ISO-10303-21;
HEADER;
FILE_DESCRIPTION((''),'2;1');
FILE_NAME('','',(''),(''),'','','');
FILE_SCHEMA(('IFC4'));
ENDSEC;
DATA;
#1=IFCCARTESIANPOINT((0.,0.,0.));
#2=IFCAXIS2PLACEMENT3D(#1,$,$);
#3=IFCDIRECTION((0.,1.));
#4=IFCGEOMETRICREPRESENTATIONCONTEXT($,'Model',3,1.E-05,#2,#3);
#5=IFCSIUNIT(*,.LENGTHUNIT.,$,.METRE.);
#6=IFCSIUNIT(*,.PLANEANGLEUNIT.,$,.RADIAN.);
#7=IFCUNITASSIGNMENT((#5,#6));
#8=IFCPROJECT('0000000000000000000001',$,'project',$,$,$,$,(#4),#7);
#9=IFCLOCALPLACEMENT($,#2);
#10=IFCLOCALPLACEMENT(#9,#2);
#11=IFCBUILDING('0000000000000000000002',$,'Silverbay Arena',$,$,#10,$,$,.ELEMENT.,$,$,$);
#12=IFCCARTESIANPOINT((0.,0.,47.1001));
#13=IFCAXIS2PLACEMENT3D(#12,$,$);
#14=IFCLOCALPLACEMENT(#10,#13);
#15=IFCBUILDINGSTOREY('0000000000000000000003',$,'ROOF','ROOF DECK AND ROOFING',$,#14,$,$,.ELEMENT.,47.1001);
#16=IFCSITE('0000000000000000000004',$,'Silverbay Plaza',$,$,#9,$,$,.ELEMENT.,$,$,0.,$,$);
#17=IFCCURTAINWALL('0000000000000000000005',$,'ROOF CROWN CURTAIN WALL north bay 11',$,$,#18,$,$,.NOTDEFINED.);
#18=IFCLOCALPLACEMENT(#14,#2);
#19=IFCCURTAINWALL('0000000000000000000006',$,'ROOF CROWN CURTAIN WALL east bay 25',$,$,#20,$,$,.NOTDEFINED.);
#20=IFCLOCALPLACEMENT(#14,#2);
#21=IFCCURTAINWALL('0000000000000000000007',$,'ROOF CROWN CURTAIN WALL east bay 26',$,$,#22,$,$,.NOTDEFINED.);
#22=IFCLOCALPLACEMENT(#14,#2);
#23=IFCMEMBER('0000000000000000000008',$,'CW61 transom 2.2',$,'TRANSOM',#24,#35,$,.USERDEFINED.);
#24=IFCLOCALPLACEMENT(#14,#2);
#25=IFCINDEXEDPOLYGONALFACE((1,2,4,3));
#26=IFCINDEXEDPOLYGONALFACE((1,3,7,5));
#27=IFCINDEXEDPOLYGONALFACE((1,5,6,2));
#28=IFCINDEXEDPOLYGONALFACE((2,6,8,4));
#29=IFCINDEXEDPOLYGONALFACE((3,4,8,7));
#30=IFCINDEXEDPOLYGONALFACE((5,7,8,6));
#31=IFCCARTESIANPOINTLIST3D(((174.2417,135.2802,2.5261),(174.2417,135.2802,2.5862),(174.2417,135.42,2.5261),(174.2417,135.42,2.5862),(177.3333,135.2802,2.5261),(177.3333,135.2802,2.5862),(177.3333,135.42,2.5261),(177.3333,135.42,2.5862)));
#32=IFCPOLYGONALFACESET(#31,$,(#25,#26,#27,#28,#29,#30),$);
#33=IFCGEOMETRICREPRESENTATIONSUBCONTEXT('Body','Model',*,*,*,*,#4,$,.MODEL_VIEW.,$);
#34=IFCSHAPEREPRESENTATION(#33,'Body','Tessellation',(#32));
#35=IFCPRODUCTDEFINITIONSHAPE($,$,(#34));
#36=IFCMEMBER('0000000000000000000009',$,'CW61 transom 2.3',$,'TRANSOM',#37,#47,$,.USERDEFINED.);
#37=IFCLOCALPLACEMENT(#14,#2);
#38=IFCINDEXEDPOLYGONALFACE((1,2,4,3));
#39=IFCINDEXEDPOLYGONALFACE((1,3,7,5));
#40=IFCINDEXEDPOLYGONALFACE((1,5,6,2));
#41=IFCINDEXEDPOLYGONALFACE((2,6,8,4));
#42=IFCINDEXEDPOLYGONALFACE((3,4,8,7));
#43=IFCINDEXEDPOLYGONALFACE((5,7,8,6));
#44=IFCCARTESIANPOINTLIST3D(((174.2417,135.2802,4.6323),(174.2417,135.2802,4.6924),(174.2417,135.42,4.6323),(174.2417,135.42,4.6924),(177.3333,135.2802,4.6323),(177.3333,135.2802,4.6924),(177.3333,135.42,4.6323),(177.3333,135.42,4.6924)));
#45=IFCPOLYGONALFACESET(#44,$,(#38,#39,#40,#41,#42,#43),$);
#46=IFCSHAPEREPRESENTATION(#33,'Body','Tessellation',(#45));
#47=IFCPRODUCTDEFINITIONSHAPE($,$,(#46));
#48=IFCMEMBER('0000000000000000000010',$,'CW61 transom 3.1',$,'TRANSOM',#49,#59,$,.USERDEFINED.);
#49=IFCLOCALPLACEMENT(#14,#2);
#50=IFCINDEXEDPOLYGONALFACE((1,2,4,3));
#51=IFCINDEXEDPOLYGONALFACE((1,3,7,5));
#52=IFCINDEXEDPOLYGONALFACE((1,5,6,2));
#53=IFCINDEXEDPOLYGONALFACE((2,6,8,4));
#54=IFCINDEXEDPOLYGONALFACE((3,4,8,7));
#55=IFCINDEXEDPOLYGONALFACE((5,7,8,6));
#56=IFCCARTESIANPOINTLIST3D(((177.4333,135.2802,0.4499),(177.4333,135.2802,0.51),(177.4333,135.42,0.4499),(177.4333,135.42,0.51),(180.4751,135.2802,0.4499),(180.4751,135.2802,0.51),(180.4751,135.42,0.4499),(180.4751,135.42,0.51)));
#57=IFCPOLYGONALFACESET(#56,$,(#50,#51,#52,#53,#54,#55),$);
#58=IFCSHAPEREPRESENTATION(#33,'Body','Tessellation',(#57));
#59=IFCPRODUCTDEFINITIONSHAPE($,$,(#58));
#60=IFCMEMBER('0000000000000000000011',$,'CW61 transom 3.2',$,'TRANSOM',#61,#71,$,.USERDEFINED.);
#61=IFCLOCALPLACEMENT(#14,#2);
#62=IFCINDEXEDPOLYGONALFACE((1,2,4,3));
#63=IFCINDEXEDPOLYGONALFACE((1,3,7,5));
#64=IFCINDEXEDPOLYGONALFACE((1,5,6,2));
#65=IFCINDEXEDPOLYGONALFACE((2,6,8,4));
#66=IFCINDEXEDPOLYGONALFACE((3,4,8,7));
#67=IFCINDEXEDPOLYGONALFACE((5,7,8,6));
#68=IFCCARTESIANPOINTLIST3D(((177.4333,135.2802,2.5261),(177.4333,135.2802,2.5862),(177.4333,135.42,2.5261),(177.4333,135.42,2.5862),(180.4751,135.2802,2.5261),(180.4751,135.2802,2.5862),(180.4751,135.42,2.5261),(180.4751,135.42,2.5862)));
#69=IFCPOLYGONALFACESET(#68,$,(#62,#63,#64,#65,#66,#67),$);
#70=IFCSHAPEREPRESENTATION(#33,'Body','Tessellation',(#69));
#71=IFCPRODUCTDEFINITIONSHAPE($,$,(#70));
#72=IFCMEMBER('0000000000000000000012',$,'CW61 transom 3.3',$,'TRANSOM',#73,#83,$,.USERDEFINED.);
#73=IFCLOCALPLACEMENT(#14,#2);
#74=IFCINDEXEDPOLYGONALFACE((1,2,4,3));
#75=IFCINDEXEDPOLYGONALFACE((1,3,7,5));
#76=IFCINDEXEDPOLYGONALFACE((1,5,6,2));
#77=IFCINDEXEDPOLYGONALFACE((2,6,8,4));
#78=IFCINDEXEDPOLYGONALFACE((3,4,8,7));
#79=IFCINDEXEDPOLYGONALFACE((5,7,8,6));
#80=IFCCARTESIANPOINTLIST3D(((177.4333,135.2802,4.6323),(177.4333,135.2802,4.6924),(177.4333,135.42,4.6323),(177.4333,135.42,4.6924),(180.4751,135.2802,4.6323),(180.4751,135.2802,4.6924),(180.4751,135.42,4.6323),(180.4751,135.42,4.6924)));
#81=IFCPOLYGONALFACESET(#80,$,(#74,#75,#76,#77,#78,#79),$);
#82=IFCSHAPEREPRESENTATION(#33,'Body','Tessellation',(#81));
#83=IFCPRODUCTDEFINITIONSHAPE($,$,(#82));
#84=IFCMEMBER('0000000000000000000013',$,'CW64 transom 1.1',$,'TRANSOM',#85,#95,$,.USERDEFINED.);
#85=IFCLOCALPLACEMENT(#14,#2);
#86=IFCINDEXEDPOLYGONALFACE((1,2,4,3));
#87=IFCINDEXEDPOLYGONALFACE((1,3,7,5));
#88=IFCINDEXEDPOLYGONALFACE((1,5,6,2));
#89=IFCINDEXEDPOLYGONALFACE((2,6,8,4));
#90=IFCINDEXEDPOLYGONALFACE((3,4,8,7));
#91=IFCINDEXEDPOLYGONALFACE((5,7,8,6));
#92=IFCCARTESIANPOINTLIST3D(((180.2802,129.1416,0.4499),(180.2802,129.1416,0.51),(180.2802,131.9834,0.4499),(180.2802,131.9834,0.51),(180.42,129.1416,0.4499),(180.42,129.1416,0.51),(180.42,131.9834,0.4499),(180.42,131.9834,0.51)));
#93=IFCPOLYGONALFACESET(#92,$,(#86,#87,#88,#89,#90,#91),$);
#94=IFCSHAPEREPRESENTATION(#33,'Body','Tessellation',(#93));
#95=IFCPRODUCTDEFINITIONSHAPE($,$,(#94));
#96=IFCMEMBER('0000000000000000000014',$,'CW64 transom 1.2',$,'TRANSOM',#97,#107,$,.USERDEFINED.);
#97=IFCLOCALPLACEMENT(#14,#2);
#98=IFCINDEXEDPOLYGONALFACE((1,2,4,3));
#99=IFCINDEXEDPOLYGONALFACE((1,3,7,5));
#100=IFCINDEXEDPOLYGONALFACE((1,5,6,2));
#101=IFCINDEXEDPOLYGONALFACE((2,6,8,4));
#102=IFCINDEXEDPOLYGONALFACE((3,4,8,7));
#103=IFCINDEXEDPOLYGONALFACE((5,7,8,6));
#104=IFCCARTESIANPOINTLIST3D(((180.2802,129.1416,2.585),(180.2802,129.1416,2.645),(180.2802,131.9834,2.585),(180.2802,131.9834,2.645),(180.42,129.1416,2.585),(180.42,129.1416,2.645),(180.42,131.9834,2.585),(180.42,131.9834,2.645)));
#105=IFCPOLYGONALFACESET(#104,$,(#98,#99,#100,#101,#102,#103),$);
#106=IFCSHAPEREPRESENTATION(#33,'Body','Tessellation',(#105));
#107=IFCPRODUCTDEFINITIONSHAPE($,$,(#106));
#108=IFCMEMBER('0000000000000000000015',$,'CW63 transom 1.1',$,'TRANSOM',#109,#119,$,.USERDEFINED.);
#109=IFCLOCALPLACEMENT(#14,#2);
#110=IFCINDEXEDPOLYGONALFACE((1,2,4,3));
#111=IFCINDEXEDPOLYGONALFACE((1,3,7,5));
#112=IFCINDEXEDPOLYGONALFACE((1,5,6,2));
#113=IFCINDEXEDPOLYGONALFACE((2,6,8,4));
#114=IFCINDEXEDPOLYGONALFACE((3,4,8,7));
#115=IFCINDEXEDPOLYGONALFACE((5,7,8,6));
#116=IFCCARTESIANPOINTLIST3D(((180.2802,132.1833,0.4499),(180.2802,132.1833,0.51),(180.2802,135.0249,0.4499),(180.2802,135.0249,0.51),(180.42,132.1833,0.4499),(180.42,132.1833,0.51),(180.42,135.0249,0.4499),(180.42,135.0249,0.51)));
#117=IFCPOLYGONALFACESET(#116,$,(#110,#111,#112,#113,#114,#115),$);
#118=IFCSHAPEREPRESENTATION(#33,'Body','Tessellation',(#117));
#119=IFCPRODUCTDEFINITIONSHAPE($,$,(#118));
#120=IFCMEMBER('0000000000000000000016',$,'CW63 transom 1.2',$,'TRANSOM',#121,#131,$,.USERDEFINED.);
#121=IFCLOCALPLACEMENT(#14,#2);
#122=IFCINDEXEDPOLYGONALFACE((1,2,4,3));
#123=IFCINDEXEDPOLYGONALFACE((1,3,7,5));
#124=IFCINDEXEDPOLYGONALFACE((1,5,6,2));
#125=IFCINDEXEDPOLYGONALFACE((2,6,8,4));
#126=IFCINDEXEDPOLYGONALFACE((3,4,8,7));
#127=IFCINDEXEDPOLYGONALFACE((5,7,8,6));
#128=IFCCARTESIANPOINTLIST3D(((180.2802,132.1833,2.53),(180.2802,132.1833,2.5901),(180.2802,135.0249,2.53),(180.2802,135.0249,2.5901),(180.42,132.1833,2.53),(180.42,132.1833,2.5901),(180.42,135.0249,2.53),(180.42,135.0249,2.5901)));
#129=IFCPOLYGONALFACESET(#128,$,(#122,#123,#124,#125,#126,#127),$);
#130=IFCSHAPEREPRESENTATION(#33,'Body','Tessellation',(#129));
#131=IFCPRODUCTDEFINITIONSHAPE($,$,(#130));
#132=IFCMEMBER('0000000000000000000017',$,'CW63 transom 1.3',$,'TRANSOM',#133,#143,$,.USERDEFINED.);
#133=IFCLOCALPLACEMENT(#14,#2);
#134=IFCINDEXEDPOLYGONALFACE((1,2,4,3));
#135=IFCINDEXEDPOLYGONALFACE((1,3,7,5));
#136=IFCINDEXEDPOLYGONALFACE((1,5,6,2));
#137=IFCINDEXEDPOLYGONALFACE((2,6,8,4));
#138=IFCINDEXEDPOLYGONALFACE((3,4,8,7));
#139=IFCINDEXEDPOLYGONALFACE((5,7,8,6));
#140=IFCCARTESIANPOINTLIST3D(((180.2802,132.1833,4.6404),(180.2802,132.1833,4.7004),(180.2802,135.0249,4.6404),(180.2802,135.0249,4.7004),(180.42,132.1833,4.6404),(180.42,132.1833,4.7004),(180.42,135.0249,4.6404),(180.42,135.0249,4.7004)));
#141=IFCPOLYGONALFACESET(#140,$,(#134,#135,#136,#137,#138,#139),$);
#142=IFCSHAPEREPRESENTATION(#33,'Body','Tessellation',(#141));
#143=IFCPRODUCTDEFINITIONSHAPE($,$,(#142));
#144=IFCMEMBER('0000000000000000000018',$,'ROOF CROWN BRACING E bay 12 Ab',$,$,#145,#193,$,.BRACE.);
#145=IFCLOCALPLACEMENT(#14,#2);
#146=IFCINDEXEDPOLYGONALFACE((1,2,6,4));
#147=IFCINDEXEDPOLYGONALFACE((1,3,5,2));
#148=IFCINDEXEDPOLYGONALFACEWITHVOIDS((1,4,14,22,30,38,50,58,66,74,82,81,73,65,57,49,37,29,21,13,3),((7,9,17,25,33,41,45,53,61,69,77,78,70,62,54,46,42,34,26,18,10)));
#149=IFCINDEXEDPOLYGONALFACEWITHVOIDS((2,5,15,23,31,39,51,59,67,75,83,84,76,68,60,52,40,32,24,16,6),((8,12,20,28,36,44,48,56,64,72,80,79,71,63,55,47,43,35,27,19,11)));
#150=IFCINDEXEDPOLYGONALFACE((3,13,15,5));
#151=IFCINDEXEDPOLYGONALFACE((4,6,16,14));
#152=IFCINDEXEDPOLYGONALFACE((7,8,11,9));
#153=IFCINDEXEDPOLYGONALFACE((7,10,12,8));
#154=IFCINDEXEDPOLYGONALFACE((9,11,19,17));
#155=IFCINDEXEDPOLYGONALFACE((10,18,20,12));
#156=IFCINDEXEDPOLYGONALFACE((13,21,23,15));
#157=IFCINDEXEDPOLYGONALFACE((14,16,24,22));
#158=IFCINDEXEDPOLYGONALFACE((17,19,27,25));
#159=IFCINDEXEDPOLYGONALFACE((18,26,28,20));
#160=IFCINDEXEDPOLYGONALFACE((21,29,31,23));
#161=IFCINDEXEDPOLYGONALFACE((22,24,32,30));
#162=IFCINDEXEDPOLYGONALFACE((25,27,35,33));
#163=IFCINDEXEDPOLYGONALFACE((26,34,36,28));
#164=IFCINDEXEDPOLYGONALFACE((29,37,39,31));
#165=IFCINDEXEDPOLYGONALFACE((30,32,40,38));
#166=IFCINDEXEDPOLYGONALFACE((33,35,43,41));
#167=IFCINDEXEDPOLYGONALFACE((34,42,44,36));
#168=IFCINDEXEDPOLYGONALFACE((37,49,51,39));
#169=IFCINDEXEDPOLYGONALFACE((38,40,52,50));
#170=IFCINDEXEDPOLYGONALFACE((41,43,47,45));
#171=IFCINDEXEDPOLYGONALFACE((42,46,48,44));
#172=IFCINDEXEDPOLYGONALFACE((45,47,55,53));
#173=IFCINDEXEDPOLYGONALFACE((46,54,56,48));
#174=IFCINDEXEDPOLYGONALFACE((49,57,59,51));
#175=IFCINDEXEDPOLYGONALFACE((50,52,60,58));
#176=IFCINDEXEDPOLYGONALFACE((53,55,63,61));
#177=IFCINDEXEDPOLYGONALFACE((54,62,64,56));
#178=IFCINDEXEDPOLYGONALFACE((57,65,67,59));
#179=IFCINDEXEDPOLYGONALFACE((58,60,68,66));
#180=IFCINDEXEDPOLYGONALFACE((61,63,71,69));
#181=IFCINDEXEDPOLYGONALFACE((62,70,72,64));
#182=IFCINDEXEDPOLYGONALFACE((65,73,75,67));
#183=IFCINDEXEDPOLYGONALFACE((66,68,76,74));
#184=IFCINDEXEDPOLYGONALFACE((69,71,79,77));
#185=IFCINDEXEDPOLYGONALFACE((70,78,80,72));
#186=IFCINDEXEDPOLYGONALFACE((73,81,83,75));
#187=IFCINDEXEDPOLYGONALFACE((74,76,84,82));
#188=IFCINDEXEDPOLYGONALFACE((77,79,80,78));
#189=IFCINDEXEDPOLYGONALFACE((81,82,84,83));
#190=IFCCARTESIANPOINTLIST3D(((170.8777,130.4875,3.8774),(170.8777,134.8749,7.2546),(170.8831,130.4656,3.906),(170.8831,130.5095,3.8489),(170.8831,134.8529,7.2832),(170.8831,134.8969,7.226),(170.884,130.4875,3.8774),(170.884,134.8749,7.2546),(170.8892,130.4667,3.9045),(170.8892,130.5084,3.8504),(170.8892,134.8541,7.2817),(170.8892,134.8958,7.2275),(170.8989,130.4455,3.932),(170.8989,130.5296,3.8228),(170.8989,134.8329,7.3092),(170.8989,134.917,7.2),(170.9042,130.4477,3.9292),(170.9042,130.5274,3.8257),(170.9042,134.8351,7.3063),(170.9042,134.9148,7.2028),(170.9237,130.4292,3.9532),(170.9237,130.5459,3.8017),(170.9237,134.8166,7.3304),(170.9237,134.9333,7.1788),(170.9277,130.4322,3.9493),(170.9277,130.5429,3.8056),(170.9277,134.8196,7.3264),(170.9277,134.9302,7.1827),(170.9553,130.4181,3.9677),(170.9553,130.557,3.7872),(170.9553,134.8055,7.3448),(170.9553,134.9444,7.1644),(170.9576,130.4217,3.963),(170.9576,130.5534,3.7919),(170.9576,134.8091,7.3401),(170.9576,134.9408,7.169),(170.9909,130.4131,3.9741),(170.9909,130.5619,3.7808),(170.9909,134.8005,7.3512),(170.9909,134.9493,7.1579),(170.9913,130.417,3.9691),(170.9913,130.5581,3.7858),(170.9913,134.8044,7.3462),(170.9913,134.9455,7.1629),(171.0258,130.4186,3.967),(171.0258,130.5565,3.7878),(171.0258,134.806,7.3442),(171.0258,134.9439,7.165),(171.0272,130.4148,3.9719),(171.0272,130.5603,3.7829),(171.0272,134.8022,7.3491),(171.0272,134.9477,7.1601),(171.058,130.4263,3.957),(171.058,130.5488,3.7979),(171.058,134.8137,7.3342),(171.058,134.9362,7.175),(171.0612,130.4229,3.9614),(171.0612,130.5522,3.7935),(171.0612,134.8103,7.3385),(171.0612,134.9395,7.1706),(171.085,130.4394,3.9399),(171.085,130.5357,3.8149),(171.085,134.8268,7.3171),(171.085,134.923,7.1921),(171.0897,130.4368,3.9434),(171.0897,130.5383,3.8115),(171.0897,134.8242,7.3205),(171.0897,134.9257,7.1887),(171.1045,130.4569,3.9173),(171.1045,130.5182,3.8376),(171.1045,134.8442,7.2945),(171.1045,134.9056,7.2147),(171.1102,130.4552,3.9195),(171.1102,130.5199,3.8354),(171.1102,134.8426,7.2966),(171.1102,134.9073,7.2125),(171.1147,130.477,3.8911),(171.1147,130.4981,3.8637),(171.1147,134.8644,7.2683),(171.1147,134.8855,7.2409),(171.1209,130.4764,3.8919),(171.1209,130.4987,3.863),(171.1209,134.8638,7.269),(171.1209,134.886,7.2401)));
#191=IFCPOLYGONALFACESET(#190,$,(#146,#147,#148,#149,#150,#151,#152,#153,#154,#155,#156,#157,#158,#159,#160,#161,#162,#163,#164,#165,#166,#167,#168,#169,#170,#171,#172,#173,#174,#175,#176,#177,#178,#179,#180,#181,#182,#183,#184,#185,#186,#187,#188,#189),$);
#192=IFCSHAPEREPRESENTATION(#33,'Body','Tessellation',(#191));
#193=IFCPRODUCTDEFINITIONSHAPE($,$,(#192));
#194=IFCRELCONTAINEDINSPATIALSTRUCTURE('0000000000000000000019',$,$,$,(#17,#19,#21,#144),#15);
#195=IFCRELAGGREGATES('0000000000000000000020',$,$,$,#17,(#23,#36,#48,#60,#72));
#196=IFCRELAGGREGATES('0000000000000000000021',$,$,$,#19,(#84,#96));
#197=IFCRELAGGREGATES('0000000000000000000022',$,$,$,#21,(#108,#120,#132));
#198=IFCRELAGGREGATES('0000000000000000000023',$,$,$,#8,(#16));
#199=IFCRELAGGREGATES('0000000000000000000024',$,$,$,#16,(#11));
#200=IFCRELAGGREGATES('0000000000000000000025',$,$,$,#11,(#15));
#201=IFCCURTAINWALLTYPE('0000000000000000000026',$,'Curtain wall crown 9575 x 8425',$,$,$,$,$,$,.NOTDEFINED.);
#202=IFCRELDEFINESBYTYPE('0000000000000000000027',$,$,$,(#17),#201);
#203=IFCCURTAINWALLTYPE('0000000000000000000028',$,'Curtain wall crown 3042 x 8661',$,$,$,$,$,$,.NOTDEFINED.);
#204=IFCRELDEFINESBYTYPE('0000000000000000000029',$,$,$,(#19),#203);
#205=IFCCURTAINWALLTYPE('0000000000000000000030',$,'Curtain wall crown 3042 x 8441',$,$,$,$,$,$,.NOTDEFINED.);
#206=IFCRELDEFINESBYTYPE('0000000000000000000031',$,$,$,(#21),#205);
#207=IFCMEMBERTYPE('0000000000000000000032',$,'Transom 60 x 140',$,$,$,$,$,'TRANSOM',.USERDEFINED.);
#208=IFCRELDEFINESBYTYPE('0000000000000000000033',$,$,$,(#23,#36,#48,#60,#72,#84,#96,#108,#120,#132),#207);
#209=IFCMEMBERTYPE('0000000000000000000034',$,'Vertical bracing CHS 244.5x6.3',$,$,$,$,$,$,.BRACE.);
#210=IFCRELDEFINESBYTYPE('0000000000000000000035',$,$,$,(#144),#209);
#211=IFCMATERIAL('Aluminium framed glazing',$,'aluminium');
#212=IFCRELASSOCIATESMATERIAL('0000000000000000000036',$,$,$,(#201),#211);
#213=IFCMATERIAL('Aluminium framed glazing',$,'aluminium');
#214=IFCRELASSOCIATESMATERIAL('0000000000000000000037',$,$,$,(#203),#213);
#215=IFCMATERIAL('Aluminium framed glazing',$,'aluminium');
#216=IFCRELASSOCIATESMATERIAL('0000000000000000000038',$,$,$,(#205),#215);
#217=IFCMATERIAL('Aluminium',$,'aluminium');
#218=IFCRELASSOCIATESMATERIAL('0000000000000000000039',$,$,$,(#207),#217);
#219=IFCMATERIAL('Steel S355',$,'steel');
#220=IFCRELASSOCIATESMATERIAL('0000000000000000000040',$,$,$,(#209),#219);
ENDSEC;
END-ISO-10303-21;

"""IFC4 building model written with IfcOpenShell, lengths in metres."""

from ifc_helpers import new_model, si_unit, direction, frame, origin, origin_2d, place, context, subcontext, project, spatial, rectangle, hollow_circle, extrude, material, material_profile, profile_set, type_object, element, aggregate, save


model = new_model("IFC4")

# Units and contexts
model_context = context("Model", 3, precision=1e-05, world=origin(), true_north=direction((0.0, 1.0)))
body_context = subcontext(model_context, "Body", "Model", "MODEL_VIEW")
ifc_project = project(units=[si_unit("LENGTHUNIT", "METRE"), si_unit("PLANEANGLEUNIT", "RADIAN")], contexts=[model_context])

# Site, building, storey
site_placement = place(None, origin())
site = spatial("IfcSite", under=ifc_project, at=site_placement, Name="Silverbay Plaza", CompositionType="ELEMENT", RefElevation=0.0)
building_placement = place(site_placement, origin())
building = spatial("IfcBuilding", under=site, at=building_placement, Name="Silverbay Arena", CompositionType="ELEMENT")
storey_placement = place(building_placement, frame((0.0, 0.0, 47.1001)))
storey = spatial("IfcBuildingStorey", under=building, at=storey_placement, Name="ROOF", Description="ROOF DECK AND ROOFING", CompositionType="ELEMENT", Elevation=47.1001)

# Shared definitions
placement = place(building_placement, frame((0.0, 0.0, 33.5)))

# Curtain wall
ifc_material_1 = material(Name="Aluminium framed glazing", Category="aluminium")
curtain_wall_type_1 = type_object("IfcCurtainWallType", Name="Curtain wall crown 9575 x 8425", PredefinedType="NOTDEFINED", material=ifc_material_1)
curtain_wall_1_placement = place(storey_placement, origin())
curtain_wall_1 = element("IfcCurtainWall", 1, at=curtain_wall_1_placement, inside=storey, type_object=curtain_wall_type_1, Name="ROOF CROWN CURTAIN WALL north bay 11", PredefinedType="NOTDEFINED")

# Curtain wall
ifc_material_2 = material(Name="Aluminium framed glazing", Category="aluminium")
curtain_wall_type_2 = type_object("IfcCurtainWallType", Name="Curtain wall crown 3042 x 8661", PredefinedType="NOTDEFINED", material=ifc_material_2)
curtain_wall_2_placement = place(storey_placement, origin())
curtain_wall_2 = element("IfcCurtainWall", 2, at=curtain_wall_2_placement, inside=storey, type_object=curtain_wall_type_2, Name="ROOF CROWN CURTAIN WALL east bay 25", PredefinedType="NOTDEFINED")

# Curtain wall
ifc_material_3 = material(Name="Aluminium framed glazing", Category="aluminium")
curtain_wall_type_3 = type_object("IfcCurtainWallType", Name="Curtain wall crown 3042 x 8441", PredefinedType="NOTDEFINED", material=ifc_material_3)
curtain_wall_3_placement = place(storey_placement, origin())
curtain_wall_3 = element("IfcCurtainWall", 3, at=curtain_wall_3_placement, inside=storey, type_object=curtain_wall_type_3, Name="ROOF CROWN CURTAIN WALL east bay 26", PredefinedType="NOTDEFINED")

# Members
ifc_material_4 = material(Name="Aluminium", Category="aluminium")
ifc_material_profile_1 = material_profile(ifc_material_4, rectangle(XDim=0.1399, YDim=0.0601, at=origin_2d()), Name="Transom 60 x 140")
ifc_profile_set_1 = profile_set([ifc_material_profile_1], Name="Aluminium")
member_type_1 = type_object("IfcMemberType", Name="Transom 60 x 140", ElementType="TRANSOM", PredefinedType="USERDEFINED", material=ifc_profile_set_1)
member_1_placement = place(placement, frame((174.2417, 135.3501, 16.1562), z_axis=(1.0, 0.0, 0.0), x_axis=(0.0, 1.0, 0.0)))
member_1 = element("IfcMember", 4, at=member_1_placement, type_object=member_type_1, Name="CW61 transom 2.2", ObjectType="TRANSOM", PredefinedType="USERDEFINED", context=body_context, shape_type="SweptSolid", body=[
    extrude(rectangle(XDim=0.1399, YDim=0.0601, at=origin_2d()), origin(), (0.0, 0.0, 1.0), 3.0916),
])
member_2_placement = place(placement, frame((174.2417, 135.3501, 18.2625), z_axis=(1.0, 0.0, 0.0), x_axis=(0.0, 1.0, 0.0)))
member_2 = element("IfcMember", 5, at=member_2_placement, type_object=member_type_1, Name="CW61 transom 2.3", ObjectType="TRANSOM", PredefinedType="USERDEFINED", context=body_context, shape_type="SweptSolid", body=[
    extrude(rectangle(XDim=0.1399, YDim=0.0601, at=origin_2d()), origin(), (0.0, 0.0, 1.0), 3.0916),
])
member_3_placement = place(placement, frame((177.4333, 135.3501, 14.0801), z_axis=(1.0, 0.0, 0.0), x_axis=(0.0, 1.0, 0.0)))
member_3 = element("IfcMember", 6, at=member_3_placement, type_object=member_type_1, Name="CW61 transom 3.1", ObjectType="TRANSOM", PredefinedType="USERDEFINED", context=body_context, shape_type="SweptSolid", body=[
    extrude(rectangle(XDim=0.1399, YDim=0.0601, at=origin_2d()), origin(), (0.0, 0.0, 1.0), 3.0417),
])
member_4_placement = place(placement, frame((177.4333, 135.3501, 16.1562), z_axis=(1.0, 0.0, 0.0), x_axis=(0.0, 1.0, 0.0)))
member_4 = element("IfcMember", 7, at=member_4_placement, type_object=member_type_1, Name="CW61 transom 3.2", ObjectType="TRANSOM", PredefinedType="USERDEFINED", context=body_context, shape_type="SweptSolid", body=[
    extrude(rectangle(XDim=0.1399, YDim=0.0601, at=origin_2d()), origin(), (0.0, 0.0, 1.0), 3.0417),
])
member_5_placement = place(placement, frame((177.4333, 135.3501, 18.2625), z_axis=(1.0, 0.0, 0.0), x_axis=(0.0, 1.0, 0.0)))
member_5 = element("IfcMember", 8, at=member_5_placement, type_object=member_type_1, Name="CW61 transom 3.3", ObjectType="TRANSOM", PredefinedType="USERDEFINED", context=body_context, shape_type="SweptSolid", body=[
    extrude(rectangle(XDim=0.1399, YDim=0.0601, at=origin_2d()), origin(), (0.0, 0.0, 1.0), 3.0417),
])
member_6_placement = place(placement, frame((180.3501, 129.1416, 14.0801), z_axis=(0.0, 1.0, 0.0), x_axis=(-1.0, 0.0, 0.0)))
member_6 = element("IfcMember", 9, at=member_6_placement, type_object=member_type_1, Name="CW64 transom 1.1", ObjectType="TRANSOM", PredefinedType="USERDEFINED", context=body_context, shape_type="SweptSolid", body=[
    extrude(rectangle(XDim=0.1399, YDim=0.0601, at=origin_2d()), origin(), (0.0, 0.0, 1.0), 2.8418),
])
member_7_placement = place(placement, frame((180.3501, 129.1416, 16.2151), z_axis=(0.0, 1.0, 0.0), x_axis=(-1.0, 0.0, 0.0)))
member_7 = element("IfcMember", 10, at=member_7_placement, type_object=member_type_1, Name="CW64 transom 1.2", ObjectType="TRANSOM", PredefinedType="USERDEFINED", context=body_context, shape_type="SweptSolid", body=[
    extrude(rectangle(XDim=0.1399, YDim=0.0601, at=origin_2d()), origin(), (0.0, 0.0, 1.0), 2.8418),
])
member_8_placement = place(placement, frame((180.3501, 132.1833, 14.0801), z_axis=(0.0, 1.0, 0.0), x_axis=(-1.0, 0.0, 0.0)))
member_8 = element("IfcMember", 11, at=member_8_placement, type_object=member_type_1, Name="CW63 transom 1.1", ObjectType="TRANSOM", PredefinedType="USERDEFINED", context=body_context, shape_type="SweptSolid", body=[
    extrude(rectangle(XDim=0.1399, YDim=0.0601, at=origin_2d()), origin(), (0.0, 0.0, 1.0), 2.8416),
])
member_9_placement = place(placement, frame((180.3501, 132.1833, 16.1602), z_axis=(0.0, 1.0, 0.0), x_axis=(-1.0, 0.0, 0.0)))
member_9 = element("IfcMember", 12, at=member_9_placement, type_object=member_type_1, Name="CW63 transom 1.2", ObjectType="TRANSOM", PredefinedType="USERDEFINED", context=body_context, shape_type="SweptSolid", body=[
    extrude(rectangle(XDim=0.1399, YDim=0.0601, at=origin_2d()), origin(), (0.0, 0.0, 1.0), 2.8416),
])
member_10_placement = place(placement, frame((180.3501, 132.1833, 18.2705), z_axis=(0.0, 1.0, 0.0), x_axis=(-1.0, 0.0, 0.0)))
member_10 = element("IfcMember", 13, at=member_10_placement, type_object=member_type_1, Name="CW63 transom 1.3", ObjectType="TRANSOM", PredefinedType="USERDEFINED", context=body_context, shape_type="SweptSolid", body=[
    extrude(rectangle(XDim=0.1399, YDim=0.0601, at=origin_2d()), origin(), (0.0, 0.0, 1.0), 2.8416),
])

# Member
ifc_material_5 = material(Name="Steel S355", Category="steel")
ifc_material_profile_2 = material_profile(ifc_material_5, hollow_circle(Radius=0.1223, WallThickness=0.0063, at=origin_2d()), Name="CHS 244.5x6.3")
ifc_profile_set_2 = profile_set([ifc_material_profile_2], Name="Steel S355")
member_type_2 = type_object("IfcMemberType", Name="Vertical bracing CHS 244.5x6.3", PredefinedType="BRACE", material=ifc_profile_set_2)
member_11_placement = place(storey_placement, frame((171.0, 130.4875, 3.8774), z_axis=(0.0, 0.792429, 0.609964), x_axis=(-1.0, 0.0, 0.0)))
element("IfcMember", 14, at=member_11_placement, inside=storey, type_object=member_type_2, Name="ROOF CROWN BRACING E bay 12 Ab", PredefinedType="BRACE", context=body_context, shape_type="SweptSolid", body=[
    extrude(hollow_circle(Radius=0.1223, WallThickness=0.0063, at=origin_2d()), origin(), (0.0, 0.0, 1.0), 5.5366),
])

aggregate(curtain_wall_1, [member_1, member_2, member_3, member_4, member_5])
aggregate(curtain_wall_2, [member_6, member_7])
aggregate(curtain_wall_3, [member_8, member_9, member_10])

save(model, "model.ifc")
